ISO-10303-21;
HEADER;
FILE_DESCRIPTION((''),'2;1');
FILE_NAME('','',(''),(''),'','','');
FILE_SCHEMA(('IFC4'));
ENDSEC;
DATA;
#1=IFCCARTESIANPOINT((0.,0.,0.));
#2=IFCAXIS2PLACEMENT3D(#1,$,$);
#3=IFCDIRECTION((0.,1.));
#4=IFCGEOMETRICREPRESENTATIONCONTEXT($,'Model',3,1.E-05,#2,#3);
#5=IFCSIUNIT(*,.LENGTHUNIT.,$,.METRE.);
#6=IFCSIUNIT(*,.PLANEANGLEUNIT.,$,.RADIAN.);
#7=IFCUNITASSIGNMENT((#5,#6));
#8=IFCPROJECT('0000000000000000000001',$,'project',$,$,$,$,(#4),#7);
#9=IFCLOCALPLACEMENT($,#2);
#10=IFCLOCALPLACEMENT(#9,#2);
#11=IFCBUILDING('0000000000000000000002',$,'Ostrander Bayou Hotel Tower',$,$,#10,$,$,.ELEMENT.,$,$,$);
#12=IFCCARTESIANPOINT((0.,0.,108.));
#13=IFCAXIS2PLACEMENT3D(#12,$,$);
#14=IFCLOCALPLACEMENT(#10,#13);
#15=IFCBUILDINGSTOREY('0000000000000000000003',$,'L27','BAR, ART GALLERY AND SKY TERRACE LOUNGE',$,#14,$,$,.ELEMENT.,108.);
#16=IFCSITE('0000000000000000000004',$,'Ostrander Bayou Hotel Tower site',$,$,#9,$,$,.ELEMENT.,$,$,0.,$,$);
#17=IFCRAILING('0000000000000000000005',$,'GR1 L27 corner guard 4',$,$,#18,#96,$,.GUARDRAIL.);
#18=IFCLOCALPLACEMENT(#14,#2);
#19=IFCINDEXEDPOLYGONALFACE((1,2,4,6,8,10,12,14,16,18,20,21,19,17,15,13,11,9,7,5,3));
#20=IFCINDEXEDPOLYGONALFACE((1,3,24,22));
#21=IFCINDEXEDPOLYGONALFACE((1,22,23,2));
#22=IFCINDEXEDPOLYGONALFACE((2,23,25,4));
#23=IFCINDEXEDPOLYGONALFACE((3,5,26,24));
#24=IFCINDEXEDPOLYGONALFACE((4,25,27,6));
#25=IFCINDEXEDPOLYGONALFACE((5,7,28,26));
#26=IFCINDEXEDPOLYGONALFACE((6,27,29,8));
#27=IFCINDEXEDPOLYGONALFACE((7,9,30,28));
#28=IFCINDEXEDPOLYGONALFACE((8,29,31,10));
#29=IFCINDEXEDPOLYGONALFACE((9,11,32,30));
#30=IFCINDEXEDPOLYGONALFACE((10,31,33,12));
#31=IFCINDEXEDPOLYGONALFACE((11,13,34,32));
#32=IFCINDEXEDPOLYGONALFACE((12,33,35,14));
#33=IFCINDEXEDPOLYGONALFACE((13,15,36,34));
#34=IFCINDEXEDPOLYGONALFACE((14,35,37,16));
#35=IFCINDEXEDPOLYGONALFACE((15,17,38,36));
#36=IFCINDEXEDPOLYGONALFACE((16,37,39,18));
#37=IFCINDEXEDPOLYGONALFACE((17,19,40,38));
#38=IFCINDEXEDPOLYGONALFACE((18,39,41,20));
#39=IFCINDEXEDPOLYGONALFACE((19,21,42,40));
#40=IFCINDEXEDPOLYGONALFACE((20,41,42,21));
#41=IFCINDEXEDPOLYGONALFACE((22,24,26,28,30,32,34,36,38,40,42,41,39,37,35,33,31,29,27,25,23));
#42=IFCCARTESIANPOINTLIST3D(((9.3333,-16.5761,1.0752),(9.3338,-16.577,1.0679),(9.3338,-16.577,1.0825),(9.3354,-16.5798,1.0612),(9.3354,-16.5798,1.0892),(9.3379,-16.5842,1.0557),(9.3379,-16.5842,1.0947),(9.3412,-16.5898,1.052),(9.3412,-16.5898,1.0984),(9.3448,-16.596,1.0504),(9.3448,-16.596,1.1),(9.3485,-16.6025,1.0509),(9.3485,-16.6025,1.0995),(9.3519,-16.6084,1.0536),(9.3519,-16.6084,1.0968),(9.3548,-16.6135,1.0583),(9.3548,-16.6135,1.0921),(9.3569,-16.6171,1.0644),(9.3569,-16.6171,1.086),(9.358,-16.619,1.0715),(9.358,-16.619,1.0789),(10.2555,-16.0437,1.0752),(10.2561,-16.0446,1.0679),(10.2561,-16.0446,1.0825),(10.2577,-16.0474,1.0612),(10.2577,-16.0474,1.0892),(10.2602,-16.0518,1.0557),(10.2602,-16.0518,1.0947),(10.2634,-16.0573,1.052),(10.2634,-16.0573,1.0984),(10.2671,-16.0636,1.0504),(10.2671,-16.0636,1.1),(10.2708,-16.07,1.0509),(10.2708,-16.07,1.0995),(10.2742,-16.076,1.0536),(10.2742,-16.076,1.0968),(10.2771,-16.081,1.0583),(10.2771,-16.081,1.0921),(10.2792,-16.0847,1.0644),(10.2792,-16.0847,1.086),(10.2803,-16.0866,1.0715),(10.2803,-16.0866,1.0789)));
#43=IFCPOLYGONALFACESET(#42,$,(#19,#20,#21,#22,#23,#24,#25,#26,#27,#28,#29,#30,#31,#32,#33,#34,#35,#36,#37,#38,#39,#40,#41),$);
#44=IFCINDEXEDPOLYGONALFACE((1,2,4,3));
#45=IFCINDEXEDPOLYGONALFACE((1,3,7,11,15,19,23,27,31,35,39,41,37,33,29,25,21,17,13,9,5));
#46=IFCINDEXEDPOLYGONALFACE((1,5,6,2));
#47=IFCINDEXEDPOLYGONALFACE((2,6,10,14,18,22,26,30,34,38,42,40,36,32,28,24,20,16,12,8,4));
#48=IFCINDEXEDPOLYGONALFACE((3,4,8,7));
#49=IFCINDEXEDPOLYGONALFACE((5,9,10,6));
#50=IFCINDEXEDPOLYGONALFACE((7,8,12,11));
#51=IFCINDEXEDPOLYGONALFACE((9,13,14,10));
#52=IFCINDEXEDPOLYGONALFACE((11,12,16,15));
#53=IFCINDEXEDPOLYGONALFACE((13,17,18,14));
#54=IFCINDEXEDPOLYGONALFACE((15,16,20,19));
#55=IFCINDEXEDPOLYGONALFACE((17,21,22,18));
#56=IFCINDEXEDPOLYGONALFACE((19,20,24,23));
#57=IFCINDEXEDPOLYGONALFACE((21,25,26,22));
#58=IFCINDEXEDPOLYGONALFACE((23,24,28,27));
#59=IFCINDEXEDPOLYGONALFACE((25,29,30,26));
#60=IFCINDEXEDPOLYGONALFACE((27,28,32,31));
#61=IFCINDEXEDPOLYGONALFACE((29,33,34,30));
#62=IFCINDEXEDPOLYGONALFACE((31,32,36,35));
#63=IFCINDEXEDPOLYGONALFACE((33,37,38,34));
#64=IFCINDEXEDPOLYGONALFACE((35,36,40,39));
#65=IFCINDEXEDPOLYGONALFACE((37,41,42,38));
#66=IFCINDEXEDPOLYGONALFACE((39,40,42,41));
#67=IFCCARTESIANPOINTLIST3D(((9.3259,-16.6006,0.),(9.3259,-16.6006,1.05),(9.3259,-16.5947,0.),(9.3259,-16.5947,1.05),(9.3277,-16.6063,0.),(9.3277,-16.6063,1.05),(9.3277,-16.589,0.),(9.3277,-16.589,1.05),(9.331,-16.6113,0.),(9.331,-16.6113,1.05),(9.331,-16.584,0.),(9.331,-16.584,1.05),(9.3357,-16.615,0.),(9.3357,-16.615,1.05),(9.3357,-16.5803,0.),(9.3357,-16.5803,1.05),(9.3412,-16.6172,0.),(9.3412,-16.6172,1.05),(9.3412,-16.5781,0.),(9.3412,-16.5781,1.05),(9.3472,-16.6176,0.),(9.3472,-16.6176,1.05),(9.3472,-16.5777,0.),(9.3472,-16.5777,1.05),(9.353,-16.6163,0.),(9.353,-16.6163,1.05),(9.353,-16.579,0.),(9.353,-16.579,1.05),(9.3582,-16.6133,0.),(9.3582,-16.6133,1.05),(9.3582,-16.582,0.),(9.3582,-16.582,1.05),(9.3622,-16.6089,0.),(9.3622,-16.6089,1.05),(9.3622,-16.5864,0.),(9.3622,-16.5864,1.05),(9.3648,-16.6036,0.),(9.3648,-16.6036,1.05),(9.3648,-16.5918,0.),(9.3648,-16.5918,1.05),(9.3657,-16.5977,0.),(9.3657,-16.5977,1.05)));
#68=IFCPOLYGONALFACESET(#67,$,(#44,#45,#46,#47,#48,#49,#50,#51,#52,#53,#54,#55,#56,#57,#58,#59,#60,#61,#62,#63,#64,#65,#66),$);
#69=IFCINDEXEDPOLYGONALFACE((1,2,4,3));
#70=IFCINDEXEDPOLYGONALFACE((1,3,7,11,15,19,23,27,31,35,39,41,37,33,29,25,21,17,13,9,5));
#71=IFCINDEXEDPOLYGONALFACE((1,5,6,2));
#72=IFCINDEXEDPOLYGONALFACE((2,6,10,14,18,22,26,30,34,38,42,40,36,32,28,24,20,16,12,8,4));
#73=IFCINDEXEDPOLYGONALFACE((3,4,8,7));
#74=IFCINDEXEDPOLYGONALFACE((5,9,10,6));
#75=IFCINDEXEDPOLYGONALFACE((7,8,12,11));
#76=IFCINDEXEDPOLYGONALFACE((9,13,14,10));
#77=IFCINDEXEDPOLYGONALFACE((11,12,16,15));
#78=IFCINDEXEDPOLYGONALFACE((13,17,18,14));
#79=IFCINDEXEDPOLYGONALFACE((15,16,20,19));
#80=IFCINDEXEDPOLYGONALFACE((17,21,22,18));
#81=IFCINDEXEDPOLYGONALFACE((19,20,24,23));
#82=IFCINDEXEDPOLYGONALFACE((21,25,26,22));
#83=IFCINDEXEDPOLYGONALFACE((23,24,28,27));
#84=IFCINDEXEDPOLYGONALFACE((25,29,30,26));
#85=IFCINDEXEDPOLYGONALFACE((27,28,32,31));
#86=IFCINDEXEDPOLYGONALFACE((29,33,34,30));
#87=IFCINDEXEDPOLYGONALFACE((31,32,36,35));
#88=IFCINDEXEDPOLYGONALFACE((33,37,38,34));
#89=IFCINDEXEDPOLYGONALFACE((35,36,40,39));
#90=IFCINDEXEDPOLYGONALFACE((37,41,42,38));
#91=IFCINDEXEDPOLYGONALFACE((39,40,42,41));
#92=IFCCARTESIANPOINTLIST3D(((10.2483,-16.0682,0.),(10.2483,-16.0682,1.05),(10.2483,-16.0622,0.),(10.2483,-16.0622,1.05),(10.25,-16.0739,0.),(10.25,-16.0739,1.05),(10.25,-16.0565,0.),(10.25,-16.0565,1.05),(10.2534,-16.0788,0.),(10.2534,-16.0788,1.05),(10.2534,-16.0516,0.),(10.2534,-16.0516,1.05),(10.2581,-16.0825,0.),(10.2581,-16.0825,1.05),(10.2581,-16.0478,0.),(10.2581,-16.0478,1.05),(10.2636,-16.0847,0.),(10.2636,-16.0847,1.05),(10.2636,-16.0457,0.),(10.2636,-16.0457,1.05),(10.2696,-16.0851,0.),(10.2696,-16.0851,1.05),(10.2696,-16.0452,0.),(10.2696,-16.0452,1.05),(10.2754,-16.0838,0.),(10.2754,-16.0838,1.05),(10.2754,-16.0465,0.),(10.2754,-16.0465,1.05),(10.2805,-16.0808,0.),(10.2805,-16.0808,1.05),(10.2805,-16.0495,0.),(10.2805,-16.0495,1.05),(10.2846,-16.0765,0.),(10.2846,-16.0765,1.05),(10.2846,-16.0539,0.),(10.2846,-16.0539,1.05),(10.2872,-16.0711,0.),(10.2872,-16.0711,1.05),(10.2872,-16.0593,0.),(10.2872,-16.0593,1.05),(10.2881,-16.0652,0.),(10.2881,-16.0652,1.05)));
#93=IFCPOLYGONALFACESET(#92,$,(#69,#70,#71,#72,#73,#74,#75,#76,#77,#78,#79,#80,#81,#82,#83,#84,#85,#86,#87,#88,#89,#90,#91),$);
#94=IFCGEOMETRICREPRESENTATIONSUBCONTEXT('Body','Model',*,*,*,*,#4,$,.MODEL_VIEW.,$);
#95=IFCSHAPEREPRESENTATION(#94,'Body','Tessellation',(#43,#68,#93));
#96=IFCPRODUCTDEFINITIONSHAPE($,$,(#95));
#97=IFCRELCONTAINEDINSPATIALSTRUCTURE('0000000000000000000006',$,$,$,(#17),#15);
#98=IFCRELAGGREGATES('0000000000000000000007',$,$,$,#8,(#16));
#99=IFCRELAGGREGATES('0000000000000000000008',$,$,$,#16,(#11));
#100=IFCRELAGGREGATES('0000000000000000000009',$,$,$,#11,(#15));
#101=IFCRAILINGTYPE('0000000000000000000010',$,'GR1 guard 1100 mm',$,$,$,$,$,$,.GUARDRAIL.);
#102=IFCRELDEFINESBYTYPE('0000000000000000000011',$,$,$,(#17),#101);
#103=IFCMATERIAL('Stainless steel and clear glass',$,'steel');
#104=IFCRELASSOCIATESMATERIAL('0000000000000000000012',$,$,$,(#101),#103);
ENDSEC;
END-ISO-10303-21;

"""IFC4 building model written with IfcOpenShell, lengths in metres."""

from ifc_helpers import new_model, si_unit, direction, frame, origin, origin_2d, place, context, subcontext, project, spatial, circle, extrude, material, type_object, element, save


model = new_model("IFC4")

# Units and contexts
model_context = context("Model", 3, precision=1e-05, world=origin(), true_north=direction((0.0, 1.0)))
body_context = subcontext(model_context, "Body", "Model", "MODEL_VIEW")
ifc_project = project(units=[si_unit("LENGTHUNIT", "METRE"), si_unit("PLANEANGLEUNIT", "RADIAN")], contexts=[model_context])

# Site, building, storey
site_placement = place(None, origin())
site = spatial("IfcSite", under=ifc_project, at=site_placement, Name="Ostrander Bayou Hotel Tower site", CompositionType="ELEMENT", RefElevation=0.0)
building_placement = place(site_placement, origin())
building = spatial("IfcBuilding", under=site, at=building_placement, Name="Ostrander Bayou Hotel Tower", CompositionType="ELEMENT")
storey_placement = place(building_placement, frame((0.0, 0.0, 108.0)))
storey = spatial("IfcBuildingStorey", under=building, at=storey_placement, Name="L27", Description="BAR, ART GALLERY AND SKY TERRACE LOUNGE", CompositionType="ELEMENT", Elevation=108.0)

# Railing
ifc_material_1 = material(Name="Stainless steel and clear glass", Category="steel")
railing_type_1 = type_object("IfcRailingType", Name="GR1 guard 1100 mm", PredefinedType="GUARDRAIL", material=ifc_material_1)
railing_1_placement = place(storey_placement, frame((9.3457, -16.5977, 0.0)))
element("IfcRailing", 1, at=railing_1_placement, inside=storey, type_object=railing_type_1, Name="GR1 L27 corner guard 4", PredefinedType="GUARDRAIL", context=body_context, shape_type="SweptSolid", body=[
    extrude(circle(Radius=0.0249, at=origin_2d()), frame((0.0, 0.0, 1.0752), z_axis=(0.866048, 0.499961, 0.0), x_axis=(-0.499961, 0.866048, 0.0)), (0.0, 0.0, 1.0), 1.0649),
    extrude(circle(Radius=0.02, at=origin_2d()), origin(), (0.0, 0.0, 1.0), 1.05),
    extrude(circle(Radius=0.02, at=origin_2d()), frame((0.9224, 0.5325, 0.0)), (0.0, 0.0, 1.0), 1.05),
])

save(model, "model.ifc")
